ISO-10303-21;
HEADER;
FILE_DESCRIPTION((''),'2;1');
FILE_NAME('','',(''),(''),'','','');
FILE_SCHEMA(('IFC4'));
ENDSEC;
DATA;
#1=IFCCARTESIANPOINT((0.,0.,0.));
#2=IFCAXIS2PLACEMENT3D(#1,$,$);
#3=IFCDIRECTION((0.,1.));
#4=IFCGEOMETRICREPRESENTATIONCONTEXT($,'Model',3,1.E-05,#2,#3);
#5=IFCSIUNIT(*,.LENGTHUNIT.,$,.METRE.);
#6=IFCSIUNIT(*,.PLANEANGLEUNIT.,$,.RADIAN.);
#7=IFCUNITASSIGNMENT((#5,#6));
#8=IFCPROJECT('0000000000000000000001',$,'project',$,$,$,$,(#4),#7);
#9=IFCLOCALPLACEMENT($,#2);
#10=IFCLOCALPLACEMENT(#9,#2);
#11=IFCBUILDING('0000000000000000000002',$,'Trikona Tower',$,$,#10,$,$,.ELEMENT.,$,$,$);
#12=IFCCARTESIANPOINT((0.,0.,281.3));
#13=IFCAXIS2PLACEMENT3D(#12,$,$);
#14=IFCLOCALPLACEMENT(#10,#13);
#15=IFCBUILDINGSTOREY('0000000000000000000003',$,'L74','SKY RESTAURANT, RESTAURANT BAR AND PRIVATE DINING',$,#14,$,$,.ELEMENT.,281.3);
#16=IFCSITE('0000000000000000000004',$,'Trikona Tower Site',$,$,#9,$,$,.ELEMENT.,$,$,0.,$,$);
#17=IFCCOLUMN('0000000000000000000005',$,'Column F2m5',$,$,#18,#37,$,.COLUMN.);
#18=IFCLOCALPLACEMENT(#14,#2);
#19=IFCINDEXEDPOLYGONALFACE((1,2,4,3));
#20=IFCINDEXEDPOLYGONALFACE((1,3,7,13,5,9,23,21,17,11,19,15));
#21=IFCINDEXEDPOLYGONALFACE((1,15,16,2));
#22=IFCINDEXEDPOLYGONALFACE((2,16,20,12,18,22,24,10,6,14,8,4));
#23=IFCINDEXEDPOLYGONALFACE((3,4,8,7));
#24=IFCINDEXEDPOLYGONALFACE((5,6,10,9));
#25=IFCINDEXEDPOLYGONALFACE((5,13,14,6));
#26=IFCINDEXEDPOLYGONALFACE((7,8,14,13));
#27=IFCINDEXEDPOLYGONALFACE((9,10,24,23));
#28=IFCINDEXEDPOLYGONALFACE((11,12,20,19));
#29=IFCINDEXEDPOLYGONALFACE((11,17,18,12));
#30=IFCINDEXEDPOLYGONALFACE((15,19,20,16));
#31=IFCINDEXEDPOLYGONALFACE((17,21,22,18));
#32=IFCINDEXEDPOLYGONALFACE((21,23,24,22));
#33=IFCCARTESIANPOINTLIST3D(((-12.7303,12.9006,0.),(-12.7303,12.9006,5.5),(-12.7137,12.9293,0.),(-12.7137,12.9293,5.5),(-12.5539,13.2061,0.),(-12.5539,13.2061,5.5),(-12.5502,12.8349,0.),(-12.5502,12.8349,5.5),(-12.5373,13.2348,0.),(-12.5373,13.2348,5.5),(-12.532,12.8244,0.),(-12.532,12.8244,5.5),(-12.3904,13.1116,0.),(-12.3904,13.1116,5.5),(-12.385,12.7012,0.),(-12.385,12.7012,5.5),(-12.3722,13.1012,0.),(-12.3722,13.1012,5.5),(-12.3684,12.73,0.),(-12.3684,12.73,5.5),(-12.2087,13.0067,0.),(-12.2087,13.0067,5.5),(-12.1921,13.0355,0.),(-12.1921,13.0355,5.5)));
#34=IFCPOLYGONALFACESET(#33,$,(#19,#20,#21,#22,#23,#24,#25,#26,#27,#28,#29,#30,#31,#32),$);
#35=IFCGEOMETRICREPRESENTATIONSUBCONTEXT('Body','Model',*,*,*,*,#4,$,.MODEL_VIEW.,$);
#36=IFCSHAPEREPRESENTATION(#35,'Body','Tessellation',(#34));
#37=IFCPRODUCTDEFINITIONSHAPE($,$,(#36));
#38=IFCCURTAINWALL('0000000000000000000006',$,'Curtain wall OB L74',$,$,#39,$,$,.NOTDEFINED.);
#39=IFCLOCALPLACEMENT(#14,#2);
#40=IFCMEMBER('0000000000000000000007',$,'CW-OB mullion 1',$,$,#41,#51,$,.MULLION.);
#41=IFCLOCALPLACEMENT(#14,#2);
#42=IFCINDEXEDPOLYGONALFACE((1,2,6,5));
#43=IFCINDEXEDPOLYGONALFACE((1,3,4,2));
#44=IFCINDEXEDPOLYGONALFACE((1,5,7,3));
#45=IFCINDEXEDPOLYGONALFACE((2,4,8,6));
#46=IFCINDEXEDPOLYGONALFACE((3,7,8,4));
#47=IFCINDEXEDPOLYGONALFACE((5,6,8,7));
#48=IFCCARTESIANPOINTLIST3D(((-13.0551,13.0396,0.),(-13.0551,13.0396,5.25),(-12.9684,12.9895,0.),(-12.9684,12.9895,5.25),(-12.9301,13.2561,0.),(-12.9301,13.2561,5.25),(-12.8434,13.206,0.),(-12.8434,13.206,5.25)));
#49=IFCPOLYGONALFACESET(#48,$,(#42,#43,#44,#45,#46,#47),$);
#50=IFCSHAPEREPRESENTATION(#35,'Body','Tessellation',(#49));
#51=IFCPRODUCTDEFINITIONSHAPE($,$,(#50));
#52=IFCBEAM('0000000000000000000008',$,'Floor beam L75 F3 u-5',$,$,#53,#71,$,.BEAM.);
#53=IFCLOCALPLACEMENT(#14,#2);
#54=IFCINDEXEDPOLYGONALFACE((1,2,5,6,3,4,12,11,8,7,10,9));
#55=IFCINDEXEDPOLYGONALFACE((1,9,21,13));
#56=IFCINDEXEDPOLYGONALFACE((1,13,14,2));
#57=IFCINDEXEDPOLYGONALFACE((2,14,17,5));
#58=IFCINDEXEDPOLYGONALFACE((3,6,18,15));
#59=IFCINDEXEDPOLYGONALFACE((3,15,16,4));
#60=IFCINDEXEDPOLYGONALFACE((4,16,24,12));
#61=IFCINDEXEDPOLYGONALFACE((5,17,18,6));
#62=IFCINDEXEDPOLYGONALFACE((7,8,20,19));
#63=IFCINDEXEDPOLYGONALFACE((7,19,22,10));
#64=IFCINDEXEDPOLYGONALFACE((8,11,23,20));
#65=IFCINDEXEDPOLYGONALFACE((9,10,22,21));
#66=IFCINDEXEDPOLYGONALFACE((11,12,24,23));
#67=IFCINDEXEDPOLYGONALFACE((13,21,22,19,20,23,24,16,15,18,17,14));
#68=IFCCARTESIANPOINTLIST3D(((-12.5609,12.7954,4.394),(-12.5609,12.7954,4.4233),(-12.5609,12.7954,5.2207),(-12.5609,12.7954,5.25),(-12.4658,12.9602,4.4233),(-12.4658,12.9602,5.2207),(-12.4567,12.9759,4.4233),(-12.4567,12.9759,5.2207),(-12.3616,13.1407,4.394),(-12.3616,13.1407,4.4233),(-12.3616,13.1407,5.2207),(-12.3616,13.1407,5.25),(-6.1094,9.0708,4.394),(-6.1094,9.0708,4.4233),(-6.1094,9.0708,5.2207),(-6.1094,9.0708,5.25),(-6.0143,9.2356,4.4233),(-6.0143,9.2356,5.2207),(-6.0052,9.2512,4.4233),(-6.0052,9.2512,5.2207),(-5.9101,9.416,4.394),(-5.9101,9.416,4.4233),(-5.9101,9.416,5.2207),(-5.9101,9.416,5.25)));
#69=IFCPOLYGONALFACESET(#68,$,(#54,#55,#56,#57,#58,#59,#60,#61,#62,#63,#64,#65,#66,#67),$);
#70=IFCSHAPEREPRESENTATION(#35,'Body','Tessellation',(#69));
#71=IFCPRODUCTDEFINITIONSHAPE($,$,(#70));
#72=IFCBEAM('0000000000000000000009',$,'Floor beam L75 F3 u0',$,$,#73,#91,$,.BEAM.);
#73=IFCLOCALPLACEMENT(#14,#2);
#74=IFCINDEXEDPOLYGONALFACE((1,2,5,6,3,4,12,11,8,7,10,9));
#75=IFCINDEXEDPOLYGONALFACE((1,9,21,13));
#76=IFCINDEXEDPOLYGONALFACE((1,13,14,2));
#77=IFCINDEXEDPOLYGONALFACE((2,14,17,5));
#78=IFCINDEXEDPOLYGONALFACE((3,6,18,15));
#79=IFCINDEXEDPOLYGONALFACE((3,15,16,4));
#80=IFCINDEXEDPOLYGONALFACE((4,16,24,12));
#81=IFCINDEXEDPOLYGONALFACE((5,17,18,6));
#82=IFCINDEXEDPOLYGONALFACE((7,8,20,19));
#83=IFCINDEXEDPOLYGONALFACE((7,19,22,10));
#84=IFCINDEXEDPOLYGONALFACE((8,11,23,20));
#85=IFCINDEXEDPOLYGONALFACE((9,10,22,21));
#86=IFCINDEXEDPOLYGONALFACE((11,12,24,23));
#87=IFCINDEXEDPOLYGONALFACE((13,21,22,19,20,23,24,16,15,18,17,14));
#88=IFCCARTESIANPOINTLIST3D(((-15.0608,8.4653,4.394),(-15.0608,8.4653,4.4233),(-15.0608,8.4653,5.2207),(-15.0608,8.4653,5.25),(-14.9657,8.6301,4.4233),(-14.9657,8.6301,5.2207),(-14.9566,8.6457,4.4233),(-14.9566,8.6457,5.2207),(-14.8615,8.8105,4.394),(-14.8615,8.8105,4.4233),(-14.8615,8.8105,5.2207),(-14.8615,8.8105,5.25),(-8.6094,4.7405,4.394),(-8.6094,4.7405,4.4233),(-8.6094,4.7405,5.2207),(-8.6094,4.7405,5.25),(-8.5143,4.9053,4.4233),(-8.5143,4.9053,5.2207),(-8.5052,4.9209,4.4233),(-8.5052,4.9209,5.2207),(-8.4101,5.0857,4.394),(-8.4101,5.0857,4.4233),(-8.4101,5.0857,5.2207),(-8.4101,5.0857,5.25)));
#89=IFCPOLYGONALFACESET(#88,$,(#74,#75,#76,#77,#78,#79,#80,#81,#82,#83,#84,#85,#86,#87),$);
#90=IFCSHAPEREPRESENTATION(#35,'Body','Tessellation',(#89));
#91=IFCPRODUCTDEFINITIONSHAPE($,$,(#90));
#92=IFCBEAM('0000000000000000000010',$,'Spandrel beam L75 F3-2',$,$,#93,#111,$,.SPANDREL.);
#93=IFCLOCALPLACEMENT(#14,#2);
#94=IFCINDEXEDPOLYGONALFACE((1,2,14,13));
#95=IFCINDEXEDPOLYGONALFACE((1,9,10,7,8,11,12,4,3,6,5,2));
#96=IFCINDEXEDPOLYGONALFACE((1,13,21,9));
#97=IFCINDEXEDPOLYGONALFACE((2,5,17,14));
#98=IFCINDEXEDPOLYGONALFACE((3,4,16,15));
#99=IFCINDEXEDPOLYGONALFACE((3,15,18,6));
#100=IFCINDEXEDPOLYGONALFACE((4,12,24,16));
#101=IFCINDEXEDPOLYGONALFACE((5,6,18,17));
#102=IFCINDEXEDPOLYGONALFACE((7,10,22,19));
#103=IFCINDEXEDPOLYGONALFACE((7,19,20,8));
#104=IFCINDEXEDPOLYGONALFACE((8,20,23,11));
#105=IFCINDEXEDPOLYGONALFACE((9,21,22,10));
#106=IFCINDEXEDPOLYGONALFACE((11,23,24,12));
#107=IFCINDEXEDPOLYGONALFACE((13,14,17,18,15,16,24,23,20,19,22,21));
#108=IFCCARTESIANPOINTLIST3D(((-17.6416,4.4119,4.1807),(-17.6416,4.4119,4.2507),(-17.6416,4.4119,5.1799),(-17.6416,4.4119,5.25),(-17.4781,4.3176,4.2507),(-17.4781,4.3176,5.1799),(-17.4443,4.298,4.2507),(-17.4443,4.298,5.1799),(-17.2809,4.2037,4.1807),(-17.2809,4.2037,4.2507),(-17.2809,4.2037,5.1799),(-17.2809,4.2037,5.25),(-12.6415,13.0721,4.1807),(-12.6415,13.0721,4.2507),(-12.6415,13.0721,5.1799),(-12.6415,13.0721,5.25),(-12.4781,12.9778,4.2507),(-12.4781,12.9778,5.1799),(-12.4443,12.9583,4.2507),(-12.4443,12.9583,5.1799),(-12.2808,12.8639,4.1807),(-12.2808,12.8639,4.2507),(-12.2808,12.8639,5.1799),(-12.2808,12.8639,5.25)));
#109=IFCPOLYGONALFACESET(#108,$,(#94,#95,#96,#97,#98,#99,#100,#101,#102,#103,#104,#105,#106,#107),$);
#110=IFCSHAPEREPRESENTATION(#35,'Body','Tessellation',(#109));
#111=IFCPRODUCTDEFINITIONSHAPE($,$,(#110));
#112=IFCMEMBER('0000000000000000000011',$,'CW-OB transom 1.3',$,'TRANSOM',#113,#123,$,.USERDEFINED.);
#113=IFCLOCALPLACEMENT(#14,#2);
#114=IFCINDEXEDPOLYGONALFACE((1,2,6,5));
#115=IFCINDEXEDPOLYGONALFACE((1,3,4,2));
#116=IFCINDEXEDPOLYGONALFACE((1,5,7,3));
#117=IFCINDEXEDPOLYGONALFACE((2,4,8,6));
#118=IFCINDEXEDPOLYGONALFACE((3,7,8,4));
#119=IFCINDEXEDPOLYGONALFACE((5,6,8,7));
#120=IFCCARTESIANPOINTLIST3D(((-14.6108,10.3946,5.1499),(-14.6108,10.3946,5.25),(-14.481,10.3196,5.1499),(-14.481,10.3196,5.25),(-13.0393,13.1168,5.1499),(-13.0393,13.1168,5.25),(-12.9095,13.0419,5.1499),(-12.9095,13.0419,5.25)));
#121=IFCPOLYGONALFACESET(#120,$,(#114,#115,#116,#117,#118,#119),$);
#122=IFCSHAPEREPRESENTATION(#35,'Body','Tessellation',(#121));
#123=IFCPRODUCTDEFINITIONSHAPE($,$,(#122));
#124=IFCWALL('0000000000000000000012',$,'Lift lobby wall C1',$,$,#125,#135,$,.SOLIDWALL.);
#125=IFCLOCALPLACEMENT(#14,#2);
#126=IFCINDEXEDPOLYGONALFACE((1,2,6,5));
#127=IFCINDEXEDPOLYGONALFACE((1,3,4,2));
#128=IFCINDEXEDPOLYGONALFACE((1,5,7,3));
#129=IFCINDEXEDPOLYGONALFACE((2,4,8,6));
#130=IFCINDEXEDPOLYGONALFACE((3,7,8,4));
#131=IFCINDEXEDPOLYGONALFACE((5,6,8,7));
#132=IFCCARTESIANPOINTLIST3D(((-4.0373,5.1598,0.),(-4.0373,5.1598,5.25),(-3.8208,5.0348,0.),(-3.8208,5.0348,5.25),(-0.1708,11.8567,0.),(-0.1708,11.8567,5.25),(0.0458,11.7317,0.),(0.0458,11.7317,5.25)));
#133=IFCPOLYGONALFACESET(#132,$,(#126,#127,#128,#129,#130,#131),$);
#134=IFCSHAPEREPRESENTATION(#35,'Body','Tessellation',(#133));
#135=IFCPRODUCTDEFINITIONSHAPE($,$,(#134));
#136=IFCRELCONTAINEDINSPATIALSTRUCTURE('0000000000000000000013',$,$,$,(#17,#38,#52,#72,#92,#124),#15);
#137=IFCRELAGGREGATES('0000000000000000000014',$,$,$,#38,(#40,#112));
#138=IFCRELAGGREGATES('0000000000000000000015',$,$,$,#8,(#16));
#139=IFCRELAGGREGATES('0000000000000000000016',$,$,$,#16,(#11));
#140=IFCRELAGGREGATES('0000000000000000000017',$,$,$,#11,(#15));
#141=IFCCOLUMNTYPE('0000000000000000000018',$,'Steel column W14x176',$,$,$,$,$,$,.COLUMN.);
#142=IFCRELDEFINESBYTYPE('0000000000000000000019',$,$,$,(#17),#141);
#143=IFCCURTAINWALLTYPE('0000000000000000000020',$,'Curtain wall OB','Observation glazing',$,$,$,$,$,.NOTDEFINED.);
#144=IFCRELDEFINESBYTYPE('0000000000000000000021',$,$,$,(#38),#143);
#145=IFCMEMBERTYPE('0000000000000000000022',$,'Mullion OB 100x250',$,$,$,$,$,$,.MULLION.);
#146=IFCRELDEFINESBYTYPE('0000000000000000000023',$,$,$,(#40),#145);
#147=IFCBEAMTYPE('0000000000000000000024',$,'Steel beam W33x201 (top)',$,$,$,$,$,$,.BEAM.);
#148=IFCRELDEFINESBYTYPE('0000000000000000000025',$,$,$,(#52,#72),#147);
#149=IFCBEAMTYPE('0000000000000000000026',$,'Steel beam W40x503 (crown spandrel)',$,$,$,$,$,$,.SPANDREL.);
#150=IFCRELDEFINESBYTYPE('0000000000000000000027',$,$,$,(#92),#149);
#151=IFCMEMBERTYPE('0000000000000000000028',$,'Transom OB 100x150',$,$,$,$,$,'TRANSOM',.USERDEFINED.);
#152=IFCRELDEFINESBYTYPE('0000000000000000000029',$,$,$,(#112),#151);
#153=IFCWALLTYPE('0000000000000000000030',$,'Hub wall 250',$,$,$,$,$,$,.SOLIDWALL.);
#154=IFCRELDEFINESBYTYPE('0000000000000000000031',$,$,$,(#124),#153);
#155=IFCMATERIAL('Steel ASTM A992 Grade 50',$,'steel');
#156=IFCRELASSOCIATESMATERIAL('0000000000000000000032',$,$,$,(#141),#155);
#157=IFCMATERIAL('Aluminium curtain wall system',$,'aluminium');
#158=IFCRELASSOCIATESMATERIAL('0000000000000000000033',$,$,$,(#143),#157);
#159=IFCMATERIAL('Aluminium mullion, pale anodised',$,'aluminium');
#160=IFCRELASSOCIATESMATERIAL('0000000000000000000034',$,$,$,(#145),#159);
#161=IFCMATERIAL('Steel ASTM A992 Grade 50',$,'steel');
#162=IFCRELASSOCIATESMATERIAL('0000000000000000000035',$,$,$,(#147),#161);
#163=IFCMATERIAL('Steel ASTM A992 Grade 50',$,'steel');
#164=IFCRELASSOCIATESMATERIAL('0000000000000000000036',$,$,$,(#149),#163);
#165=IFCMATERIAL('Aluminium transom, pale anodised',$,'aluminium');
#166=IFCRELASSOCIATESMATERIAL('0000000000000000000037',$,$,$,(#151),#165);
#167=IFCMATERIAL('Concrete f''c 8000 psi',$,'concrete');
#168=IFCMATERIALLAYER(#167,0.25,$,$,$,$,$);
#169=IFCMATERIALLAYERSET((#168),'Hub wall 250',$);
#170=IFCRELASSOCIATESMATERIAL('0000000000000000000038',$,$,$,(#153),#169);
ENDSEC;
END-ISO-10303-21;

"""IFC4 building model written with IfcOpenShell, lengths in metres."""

from ifc_helpers import new_model, si_unit, direction, frame, frame_2d, origin, origin_2d, place, context, subcontext, project, spatial, rectangle, i_section, extrude, material, layer, layer_set, material_profile, profile_set, type_object, element, aggregate, save


model = new_model("IFC4")

# Units and contexts
model_context = context("Model", 3, precision=1e-05, world=origin(), true_north=direction((0.0, 1.0)))
body_context = subcontext(model_context, "Body", "Model", "MODEL_VIEW")
ifc_project = project(units=[si_unit("LENGTHUNIT", "METRE"), si_unit("PLANEANGLEUNIT", "RADIAN")], contexts=[model_context])

# Site, building, storey
site_placement = place(None, origin())
site = spatial("IfcSite", under=ifc_project, at=site_placement, Name="Trikona Tower Site", CompositionType="ELEMENT", RefElevation=0.0)
building_placement = place(site_placement, origin())
building = spatial("IfcBuilding", under=site, at=building_placement, Name="Trikona Tower", CompositionType="ELEMENT")
storey_placement = place(building_placement, frame((0.0, 0.0, 281.3)))
storey = spatial("IfcBuildingStorey", under=building, at=storey_placement, Name="L74", Description="SKY RESTAURANT, RESTAURANT BAR AND PRIVATE DINING", CompositionType="ELEMENT", Elevation=281.3)

# Column
ifc_material_1 = material(Name="Steel ASTM A992 Grade 50", Category="steel")
ifc_material_profile_1 = material_profile(ifc_material_1, i_section(OverallWidth=0.3987, OverallDepth=0.386, WebThickness=0.021, FlangeThickness=0.0332, at=origin_2d()), Name="W14X176")
ifc_profile_set_1 = profile_set([ifc_material_profile_1], Name="Steel ASTM A992 Grade 50")
column_type = type_object("IfcColumnType", Name="Steel column W14x176", PredefinedType="COLUMN", material=ifc_profile_set_1)
column_placement = place(storey_placement, frame((-12.4612, 12.968, 0.0), z_axis=(0.0, 0.0, 1.0), x_axis=(-0.866025, 0.5, 0.0)))
element("IfcColumn", 1, at=column_placement, inside=storey, type_object=column_type, Name="Column F2m5", PredefinedType="COLUMN", context=body_context, shape_type="SweptSolid", body=[
    extrude(i_section(OverallWidth=0.3987, OverallDepth=0.386, WebThickness=0.021, FlangeThickness=0.0332, at=origin_2d()), origin(), (0.0, 0.0, 1.0), 5.5),
])

# Curtain wall, member
ifc_material_2 = material(Name="Aluminium curtain wall system", Category="aluminium")
curtain_wall_type = type_object("IfcCurtainWallType", Name="Curtain wall OB", Description="Observation glazing", PredefinedType="NOTDEFINED", material=ifc_material_2)
curtain_wall_placement = place(storey_placement, origin())
curtain_wall = element("IfcCurtainWall", 2, at=curtain_wall_placement, inside=storey, type_object=curtain_wall_type, Name="Curtain wall OB L74", PredefinedType="NOTDEFINED")
ifc_material_3 = material(Name="Aluminium mullion, pale anodised", Category="aluminium")
ifc_material_profile_2 = material_profile(ifc_material_3, rectangle(XDim=0.1001, YDim=0.25, at=origin_2d()), Name="MUL-OB")
ifc_profile_set_2 = profile_set([ifc_material_profile_2], Name="Aluminium mullion, pale anodised")
member_type_1 = type_object("IfcMemberType", Name="Mullion OB 100x250", PredefinedType="MULLION", material=ifc_profile_set_2)
member_1_placement = place(storey_placement, frame((-12.9492, 13.1228, 0.0), z_axis=(0.0, 0.0, 1.0), x_axis=(0.866022, -0.500006, 0.0)))
member_1 = element("IfcMember", 3, at=member_1_placement, type_object=member_type_1, Name="CW-OB mullion 1", PredefinedType="MULLION", context=body_context, shape_type="SweptSolid", body=[
    extrude(rectangle(XDim=0.1001, YDim=0.25, at=origin_2d()), origin(), (0.0, 0.0, 1.0), 5.25),
])

# Beams
ifc_material_4 = material(Name="Steel ASTM A992 Grade 50", Category="steel")
ifc_material_profile_3 = material_profile(ifc_material_4, i_section(OverallWidth=0.3987, OverallDepth=0.856, WebThickness=0.0181, FlangeThickness=0.0293, at=origin_2d()), Name="W33X201")
ifc_profile_set_3 = profile_set([ifc_material_profile_3], Name="Steel ASTM A992 Grade 50")
beam_type_1 = type_object("IfcBeamType", Name="Steel beam W33x201 (top)", PredefinedType="BEAM", material=ifc_profile_set_3)
for number, where, z_axis, x_axis, name in (
    (4, (-6.0098, 9.2434, 4.822), (-0.866032, 0.499988, 0.0), (-0.499988, -0.866032, 0.0), "Floor beam L75 F3 u-5"),
    (5, (-8.5098, 4.9131, 4.822), (-0.866018, 0.500013, 0.0), (-0.500013, -0.866018, 0.0), "Floor beam L75 F3 u0"),
):
    element("IfcBeam", number, at=place(storey_placement, frame(where, z_axis=z_axis, x_axis=x_axis)), inside=storey, type_object=beam_type_1, Name=name, PredefinedType="BEAM", context=body_context, shape_type="SweptSolid", body=[
        extrude(i_section(OverallWidth=0.3987, OverallDepth=0.856, WebThickness=0.0181, FlangeThickness=0.0293, at=origin_2d()), origin(), (0.0, 0.0, 1.0), 7.4495),
    ])
ifc_material_5 = material(Name="Steel ASTM A992 Grade 50", Category="steel")
ifc_material_profile_4 = material_profile(ifc_material_5, i_section(OverallWidth=0.4165, OverallDepth=1.0693, WebThickness=0.0391, FlangeThickness=0.0701, at=origin_2d()), Name="W40X503")
ifc_profile_set_4 = profile_set([ifc_material_profile_4], Name="Steel ASTM A992 Grade 50")
beam_type_2 = type_object("IfcBeamType", Name="Steel beam W40x503 (crown spandrel)", PredefinedType="SPANDREL", material=ifc_profile_set_4)
beam_placement = place(storey_placement, frame((-12.4612, 12.968, 4.7153), z_axis=(-0.500004, -0.866023, 0.0), x_axis=(0.866023, -0.500004, 0.0)))
element("IfcBeam", 6, at=beam_placement, inside=storey, type_object=beam_type_2, Name="Spandrel beam L75 F3-2", PredefinedType="SPANDREL", context=body_context, shape_type="SweptSolid", body=[
    extrude(i_section(OverallWidth=0.4165, OverallDepth=1.0693, WebThickness=0.0391, FlangeThickness=0.0701, at=origin_2d()), origin(), (0.0, 0.0, 1.0), 10.0),
])

# Member
ifc_material_6 = material(Name="Aluminium transom, pale anodised", Category="aluminium")
ifc_material_profile_5 = material_profile(ifc_material_6, rectangle(XDim=0.1499, YDim=0.1001, at=origin_2d()), Name="TRN-OB")
ifc_profile_set_5 = profile_set([ifc_material_profile_5], Name="Aluminium transom, pale anodised")
member_type_2 = type_object("IfcMemberType", Name="Transom OB 100x150", ElementType="TRANSOM", PredefinedType="USERDEFINED", material=ifc_profile_set_5)
member_2_placement = place(storey_placement, frame((-12.9744, 13.0793, 5.2), z_axis=(-0.499973, -0.866041, 0.0), x_axis=(0.866041, -0.499973, 0.0)))
member_2 = element("IfcMember", 7, at=member_2_placement, type_object=member_type_2, Name="CW-OB transom 1.3", ObjectType="TRANSOM", PredefinedType="USERDEFINED", context=body_context, shape_type="SweptSolid", body=[
    extrude(rectangle(XDim=0.1499, YDim=0.1001, at=origin_2d()), origin(), (0.0, 0.0, 1.0), 3.1433),
])
aggregate(curtain_wall, [member_1, member_2])

# Wall
ifc_material_7 = material(Name="Concrete f'c 8000 psi", Category="concrete")
ifc_layer_1 = layer(ifc_material_7, 0.25)
ifc_layer_set_1 = layer_set([ifc_layer_1], Name="Hub wall 250")
wall_type_1 = type_object("IfcWallType", Name="Hub wall 250", PredefinedType="SOLIDWALL", material=ifc_layer_set_1)
wall_1_placement = place(storey_placement, frame((-0.0625, 11.7942, 0.0), z_axis=(0.0, 0.0, 1.0), x_axis=(-0.500007, -0.866022, 0.0)))
element("IfcWall", 8, at=wall_1_placement, inside=storey, type_object=wall_type_1, Name="Lift lobby wall C1", PredefinedType="SOLIDWALL", context=body_context, shape_type="SweptSolid", body=[
    extrude(rectangle(XDim=7.7329, YDim=0.25, at=frame_2d((3.8665, 0.0))), origin(), (0.0, 0.0, 1.0), 5.25),
])

save(model, "model.ifc")
